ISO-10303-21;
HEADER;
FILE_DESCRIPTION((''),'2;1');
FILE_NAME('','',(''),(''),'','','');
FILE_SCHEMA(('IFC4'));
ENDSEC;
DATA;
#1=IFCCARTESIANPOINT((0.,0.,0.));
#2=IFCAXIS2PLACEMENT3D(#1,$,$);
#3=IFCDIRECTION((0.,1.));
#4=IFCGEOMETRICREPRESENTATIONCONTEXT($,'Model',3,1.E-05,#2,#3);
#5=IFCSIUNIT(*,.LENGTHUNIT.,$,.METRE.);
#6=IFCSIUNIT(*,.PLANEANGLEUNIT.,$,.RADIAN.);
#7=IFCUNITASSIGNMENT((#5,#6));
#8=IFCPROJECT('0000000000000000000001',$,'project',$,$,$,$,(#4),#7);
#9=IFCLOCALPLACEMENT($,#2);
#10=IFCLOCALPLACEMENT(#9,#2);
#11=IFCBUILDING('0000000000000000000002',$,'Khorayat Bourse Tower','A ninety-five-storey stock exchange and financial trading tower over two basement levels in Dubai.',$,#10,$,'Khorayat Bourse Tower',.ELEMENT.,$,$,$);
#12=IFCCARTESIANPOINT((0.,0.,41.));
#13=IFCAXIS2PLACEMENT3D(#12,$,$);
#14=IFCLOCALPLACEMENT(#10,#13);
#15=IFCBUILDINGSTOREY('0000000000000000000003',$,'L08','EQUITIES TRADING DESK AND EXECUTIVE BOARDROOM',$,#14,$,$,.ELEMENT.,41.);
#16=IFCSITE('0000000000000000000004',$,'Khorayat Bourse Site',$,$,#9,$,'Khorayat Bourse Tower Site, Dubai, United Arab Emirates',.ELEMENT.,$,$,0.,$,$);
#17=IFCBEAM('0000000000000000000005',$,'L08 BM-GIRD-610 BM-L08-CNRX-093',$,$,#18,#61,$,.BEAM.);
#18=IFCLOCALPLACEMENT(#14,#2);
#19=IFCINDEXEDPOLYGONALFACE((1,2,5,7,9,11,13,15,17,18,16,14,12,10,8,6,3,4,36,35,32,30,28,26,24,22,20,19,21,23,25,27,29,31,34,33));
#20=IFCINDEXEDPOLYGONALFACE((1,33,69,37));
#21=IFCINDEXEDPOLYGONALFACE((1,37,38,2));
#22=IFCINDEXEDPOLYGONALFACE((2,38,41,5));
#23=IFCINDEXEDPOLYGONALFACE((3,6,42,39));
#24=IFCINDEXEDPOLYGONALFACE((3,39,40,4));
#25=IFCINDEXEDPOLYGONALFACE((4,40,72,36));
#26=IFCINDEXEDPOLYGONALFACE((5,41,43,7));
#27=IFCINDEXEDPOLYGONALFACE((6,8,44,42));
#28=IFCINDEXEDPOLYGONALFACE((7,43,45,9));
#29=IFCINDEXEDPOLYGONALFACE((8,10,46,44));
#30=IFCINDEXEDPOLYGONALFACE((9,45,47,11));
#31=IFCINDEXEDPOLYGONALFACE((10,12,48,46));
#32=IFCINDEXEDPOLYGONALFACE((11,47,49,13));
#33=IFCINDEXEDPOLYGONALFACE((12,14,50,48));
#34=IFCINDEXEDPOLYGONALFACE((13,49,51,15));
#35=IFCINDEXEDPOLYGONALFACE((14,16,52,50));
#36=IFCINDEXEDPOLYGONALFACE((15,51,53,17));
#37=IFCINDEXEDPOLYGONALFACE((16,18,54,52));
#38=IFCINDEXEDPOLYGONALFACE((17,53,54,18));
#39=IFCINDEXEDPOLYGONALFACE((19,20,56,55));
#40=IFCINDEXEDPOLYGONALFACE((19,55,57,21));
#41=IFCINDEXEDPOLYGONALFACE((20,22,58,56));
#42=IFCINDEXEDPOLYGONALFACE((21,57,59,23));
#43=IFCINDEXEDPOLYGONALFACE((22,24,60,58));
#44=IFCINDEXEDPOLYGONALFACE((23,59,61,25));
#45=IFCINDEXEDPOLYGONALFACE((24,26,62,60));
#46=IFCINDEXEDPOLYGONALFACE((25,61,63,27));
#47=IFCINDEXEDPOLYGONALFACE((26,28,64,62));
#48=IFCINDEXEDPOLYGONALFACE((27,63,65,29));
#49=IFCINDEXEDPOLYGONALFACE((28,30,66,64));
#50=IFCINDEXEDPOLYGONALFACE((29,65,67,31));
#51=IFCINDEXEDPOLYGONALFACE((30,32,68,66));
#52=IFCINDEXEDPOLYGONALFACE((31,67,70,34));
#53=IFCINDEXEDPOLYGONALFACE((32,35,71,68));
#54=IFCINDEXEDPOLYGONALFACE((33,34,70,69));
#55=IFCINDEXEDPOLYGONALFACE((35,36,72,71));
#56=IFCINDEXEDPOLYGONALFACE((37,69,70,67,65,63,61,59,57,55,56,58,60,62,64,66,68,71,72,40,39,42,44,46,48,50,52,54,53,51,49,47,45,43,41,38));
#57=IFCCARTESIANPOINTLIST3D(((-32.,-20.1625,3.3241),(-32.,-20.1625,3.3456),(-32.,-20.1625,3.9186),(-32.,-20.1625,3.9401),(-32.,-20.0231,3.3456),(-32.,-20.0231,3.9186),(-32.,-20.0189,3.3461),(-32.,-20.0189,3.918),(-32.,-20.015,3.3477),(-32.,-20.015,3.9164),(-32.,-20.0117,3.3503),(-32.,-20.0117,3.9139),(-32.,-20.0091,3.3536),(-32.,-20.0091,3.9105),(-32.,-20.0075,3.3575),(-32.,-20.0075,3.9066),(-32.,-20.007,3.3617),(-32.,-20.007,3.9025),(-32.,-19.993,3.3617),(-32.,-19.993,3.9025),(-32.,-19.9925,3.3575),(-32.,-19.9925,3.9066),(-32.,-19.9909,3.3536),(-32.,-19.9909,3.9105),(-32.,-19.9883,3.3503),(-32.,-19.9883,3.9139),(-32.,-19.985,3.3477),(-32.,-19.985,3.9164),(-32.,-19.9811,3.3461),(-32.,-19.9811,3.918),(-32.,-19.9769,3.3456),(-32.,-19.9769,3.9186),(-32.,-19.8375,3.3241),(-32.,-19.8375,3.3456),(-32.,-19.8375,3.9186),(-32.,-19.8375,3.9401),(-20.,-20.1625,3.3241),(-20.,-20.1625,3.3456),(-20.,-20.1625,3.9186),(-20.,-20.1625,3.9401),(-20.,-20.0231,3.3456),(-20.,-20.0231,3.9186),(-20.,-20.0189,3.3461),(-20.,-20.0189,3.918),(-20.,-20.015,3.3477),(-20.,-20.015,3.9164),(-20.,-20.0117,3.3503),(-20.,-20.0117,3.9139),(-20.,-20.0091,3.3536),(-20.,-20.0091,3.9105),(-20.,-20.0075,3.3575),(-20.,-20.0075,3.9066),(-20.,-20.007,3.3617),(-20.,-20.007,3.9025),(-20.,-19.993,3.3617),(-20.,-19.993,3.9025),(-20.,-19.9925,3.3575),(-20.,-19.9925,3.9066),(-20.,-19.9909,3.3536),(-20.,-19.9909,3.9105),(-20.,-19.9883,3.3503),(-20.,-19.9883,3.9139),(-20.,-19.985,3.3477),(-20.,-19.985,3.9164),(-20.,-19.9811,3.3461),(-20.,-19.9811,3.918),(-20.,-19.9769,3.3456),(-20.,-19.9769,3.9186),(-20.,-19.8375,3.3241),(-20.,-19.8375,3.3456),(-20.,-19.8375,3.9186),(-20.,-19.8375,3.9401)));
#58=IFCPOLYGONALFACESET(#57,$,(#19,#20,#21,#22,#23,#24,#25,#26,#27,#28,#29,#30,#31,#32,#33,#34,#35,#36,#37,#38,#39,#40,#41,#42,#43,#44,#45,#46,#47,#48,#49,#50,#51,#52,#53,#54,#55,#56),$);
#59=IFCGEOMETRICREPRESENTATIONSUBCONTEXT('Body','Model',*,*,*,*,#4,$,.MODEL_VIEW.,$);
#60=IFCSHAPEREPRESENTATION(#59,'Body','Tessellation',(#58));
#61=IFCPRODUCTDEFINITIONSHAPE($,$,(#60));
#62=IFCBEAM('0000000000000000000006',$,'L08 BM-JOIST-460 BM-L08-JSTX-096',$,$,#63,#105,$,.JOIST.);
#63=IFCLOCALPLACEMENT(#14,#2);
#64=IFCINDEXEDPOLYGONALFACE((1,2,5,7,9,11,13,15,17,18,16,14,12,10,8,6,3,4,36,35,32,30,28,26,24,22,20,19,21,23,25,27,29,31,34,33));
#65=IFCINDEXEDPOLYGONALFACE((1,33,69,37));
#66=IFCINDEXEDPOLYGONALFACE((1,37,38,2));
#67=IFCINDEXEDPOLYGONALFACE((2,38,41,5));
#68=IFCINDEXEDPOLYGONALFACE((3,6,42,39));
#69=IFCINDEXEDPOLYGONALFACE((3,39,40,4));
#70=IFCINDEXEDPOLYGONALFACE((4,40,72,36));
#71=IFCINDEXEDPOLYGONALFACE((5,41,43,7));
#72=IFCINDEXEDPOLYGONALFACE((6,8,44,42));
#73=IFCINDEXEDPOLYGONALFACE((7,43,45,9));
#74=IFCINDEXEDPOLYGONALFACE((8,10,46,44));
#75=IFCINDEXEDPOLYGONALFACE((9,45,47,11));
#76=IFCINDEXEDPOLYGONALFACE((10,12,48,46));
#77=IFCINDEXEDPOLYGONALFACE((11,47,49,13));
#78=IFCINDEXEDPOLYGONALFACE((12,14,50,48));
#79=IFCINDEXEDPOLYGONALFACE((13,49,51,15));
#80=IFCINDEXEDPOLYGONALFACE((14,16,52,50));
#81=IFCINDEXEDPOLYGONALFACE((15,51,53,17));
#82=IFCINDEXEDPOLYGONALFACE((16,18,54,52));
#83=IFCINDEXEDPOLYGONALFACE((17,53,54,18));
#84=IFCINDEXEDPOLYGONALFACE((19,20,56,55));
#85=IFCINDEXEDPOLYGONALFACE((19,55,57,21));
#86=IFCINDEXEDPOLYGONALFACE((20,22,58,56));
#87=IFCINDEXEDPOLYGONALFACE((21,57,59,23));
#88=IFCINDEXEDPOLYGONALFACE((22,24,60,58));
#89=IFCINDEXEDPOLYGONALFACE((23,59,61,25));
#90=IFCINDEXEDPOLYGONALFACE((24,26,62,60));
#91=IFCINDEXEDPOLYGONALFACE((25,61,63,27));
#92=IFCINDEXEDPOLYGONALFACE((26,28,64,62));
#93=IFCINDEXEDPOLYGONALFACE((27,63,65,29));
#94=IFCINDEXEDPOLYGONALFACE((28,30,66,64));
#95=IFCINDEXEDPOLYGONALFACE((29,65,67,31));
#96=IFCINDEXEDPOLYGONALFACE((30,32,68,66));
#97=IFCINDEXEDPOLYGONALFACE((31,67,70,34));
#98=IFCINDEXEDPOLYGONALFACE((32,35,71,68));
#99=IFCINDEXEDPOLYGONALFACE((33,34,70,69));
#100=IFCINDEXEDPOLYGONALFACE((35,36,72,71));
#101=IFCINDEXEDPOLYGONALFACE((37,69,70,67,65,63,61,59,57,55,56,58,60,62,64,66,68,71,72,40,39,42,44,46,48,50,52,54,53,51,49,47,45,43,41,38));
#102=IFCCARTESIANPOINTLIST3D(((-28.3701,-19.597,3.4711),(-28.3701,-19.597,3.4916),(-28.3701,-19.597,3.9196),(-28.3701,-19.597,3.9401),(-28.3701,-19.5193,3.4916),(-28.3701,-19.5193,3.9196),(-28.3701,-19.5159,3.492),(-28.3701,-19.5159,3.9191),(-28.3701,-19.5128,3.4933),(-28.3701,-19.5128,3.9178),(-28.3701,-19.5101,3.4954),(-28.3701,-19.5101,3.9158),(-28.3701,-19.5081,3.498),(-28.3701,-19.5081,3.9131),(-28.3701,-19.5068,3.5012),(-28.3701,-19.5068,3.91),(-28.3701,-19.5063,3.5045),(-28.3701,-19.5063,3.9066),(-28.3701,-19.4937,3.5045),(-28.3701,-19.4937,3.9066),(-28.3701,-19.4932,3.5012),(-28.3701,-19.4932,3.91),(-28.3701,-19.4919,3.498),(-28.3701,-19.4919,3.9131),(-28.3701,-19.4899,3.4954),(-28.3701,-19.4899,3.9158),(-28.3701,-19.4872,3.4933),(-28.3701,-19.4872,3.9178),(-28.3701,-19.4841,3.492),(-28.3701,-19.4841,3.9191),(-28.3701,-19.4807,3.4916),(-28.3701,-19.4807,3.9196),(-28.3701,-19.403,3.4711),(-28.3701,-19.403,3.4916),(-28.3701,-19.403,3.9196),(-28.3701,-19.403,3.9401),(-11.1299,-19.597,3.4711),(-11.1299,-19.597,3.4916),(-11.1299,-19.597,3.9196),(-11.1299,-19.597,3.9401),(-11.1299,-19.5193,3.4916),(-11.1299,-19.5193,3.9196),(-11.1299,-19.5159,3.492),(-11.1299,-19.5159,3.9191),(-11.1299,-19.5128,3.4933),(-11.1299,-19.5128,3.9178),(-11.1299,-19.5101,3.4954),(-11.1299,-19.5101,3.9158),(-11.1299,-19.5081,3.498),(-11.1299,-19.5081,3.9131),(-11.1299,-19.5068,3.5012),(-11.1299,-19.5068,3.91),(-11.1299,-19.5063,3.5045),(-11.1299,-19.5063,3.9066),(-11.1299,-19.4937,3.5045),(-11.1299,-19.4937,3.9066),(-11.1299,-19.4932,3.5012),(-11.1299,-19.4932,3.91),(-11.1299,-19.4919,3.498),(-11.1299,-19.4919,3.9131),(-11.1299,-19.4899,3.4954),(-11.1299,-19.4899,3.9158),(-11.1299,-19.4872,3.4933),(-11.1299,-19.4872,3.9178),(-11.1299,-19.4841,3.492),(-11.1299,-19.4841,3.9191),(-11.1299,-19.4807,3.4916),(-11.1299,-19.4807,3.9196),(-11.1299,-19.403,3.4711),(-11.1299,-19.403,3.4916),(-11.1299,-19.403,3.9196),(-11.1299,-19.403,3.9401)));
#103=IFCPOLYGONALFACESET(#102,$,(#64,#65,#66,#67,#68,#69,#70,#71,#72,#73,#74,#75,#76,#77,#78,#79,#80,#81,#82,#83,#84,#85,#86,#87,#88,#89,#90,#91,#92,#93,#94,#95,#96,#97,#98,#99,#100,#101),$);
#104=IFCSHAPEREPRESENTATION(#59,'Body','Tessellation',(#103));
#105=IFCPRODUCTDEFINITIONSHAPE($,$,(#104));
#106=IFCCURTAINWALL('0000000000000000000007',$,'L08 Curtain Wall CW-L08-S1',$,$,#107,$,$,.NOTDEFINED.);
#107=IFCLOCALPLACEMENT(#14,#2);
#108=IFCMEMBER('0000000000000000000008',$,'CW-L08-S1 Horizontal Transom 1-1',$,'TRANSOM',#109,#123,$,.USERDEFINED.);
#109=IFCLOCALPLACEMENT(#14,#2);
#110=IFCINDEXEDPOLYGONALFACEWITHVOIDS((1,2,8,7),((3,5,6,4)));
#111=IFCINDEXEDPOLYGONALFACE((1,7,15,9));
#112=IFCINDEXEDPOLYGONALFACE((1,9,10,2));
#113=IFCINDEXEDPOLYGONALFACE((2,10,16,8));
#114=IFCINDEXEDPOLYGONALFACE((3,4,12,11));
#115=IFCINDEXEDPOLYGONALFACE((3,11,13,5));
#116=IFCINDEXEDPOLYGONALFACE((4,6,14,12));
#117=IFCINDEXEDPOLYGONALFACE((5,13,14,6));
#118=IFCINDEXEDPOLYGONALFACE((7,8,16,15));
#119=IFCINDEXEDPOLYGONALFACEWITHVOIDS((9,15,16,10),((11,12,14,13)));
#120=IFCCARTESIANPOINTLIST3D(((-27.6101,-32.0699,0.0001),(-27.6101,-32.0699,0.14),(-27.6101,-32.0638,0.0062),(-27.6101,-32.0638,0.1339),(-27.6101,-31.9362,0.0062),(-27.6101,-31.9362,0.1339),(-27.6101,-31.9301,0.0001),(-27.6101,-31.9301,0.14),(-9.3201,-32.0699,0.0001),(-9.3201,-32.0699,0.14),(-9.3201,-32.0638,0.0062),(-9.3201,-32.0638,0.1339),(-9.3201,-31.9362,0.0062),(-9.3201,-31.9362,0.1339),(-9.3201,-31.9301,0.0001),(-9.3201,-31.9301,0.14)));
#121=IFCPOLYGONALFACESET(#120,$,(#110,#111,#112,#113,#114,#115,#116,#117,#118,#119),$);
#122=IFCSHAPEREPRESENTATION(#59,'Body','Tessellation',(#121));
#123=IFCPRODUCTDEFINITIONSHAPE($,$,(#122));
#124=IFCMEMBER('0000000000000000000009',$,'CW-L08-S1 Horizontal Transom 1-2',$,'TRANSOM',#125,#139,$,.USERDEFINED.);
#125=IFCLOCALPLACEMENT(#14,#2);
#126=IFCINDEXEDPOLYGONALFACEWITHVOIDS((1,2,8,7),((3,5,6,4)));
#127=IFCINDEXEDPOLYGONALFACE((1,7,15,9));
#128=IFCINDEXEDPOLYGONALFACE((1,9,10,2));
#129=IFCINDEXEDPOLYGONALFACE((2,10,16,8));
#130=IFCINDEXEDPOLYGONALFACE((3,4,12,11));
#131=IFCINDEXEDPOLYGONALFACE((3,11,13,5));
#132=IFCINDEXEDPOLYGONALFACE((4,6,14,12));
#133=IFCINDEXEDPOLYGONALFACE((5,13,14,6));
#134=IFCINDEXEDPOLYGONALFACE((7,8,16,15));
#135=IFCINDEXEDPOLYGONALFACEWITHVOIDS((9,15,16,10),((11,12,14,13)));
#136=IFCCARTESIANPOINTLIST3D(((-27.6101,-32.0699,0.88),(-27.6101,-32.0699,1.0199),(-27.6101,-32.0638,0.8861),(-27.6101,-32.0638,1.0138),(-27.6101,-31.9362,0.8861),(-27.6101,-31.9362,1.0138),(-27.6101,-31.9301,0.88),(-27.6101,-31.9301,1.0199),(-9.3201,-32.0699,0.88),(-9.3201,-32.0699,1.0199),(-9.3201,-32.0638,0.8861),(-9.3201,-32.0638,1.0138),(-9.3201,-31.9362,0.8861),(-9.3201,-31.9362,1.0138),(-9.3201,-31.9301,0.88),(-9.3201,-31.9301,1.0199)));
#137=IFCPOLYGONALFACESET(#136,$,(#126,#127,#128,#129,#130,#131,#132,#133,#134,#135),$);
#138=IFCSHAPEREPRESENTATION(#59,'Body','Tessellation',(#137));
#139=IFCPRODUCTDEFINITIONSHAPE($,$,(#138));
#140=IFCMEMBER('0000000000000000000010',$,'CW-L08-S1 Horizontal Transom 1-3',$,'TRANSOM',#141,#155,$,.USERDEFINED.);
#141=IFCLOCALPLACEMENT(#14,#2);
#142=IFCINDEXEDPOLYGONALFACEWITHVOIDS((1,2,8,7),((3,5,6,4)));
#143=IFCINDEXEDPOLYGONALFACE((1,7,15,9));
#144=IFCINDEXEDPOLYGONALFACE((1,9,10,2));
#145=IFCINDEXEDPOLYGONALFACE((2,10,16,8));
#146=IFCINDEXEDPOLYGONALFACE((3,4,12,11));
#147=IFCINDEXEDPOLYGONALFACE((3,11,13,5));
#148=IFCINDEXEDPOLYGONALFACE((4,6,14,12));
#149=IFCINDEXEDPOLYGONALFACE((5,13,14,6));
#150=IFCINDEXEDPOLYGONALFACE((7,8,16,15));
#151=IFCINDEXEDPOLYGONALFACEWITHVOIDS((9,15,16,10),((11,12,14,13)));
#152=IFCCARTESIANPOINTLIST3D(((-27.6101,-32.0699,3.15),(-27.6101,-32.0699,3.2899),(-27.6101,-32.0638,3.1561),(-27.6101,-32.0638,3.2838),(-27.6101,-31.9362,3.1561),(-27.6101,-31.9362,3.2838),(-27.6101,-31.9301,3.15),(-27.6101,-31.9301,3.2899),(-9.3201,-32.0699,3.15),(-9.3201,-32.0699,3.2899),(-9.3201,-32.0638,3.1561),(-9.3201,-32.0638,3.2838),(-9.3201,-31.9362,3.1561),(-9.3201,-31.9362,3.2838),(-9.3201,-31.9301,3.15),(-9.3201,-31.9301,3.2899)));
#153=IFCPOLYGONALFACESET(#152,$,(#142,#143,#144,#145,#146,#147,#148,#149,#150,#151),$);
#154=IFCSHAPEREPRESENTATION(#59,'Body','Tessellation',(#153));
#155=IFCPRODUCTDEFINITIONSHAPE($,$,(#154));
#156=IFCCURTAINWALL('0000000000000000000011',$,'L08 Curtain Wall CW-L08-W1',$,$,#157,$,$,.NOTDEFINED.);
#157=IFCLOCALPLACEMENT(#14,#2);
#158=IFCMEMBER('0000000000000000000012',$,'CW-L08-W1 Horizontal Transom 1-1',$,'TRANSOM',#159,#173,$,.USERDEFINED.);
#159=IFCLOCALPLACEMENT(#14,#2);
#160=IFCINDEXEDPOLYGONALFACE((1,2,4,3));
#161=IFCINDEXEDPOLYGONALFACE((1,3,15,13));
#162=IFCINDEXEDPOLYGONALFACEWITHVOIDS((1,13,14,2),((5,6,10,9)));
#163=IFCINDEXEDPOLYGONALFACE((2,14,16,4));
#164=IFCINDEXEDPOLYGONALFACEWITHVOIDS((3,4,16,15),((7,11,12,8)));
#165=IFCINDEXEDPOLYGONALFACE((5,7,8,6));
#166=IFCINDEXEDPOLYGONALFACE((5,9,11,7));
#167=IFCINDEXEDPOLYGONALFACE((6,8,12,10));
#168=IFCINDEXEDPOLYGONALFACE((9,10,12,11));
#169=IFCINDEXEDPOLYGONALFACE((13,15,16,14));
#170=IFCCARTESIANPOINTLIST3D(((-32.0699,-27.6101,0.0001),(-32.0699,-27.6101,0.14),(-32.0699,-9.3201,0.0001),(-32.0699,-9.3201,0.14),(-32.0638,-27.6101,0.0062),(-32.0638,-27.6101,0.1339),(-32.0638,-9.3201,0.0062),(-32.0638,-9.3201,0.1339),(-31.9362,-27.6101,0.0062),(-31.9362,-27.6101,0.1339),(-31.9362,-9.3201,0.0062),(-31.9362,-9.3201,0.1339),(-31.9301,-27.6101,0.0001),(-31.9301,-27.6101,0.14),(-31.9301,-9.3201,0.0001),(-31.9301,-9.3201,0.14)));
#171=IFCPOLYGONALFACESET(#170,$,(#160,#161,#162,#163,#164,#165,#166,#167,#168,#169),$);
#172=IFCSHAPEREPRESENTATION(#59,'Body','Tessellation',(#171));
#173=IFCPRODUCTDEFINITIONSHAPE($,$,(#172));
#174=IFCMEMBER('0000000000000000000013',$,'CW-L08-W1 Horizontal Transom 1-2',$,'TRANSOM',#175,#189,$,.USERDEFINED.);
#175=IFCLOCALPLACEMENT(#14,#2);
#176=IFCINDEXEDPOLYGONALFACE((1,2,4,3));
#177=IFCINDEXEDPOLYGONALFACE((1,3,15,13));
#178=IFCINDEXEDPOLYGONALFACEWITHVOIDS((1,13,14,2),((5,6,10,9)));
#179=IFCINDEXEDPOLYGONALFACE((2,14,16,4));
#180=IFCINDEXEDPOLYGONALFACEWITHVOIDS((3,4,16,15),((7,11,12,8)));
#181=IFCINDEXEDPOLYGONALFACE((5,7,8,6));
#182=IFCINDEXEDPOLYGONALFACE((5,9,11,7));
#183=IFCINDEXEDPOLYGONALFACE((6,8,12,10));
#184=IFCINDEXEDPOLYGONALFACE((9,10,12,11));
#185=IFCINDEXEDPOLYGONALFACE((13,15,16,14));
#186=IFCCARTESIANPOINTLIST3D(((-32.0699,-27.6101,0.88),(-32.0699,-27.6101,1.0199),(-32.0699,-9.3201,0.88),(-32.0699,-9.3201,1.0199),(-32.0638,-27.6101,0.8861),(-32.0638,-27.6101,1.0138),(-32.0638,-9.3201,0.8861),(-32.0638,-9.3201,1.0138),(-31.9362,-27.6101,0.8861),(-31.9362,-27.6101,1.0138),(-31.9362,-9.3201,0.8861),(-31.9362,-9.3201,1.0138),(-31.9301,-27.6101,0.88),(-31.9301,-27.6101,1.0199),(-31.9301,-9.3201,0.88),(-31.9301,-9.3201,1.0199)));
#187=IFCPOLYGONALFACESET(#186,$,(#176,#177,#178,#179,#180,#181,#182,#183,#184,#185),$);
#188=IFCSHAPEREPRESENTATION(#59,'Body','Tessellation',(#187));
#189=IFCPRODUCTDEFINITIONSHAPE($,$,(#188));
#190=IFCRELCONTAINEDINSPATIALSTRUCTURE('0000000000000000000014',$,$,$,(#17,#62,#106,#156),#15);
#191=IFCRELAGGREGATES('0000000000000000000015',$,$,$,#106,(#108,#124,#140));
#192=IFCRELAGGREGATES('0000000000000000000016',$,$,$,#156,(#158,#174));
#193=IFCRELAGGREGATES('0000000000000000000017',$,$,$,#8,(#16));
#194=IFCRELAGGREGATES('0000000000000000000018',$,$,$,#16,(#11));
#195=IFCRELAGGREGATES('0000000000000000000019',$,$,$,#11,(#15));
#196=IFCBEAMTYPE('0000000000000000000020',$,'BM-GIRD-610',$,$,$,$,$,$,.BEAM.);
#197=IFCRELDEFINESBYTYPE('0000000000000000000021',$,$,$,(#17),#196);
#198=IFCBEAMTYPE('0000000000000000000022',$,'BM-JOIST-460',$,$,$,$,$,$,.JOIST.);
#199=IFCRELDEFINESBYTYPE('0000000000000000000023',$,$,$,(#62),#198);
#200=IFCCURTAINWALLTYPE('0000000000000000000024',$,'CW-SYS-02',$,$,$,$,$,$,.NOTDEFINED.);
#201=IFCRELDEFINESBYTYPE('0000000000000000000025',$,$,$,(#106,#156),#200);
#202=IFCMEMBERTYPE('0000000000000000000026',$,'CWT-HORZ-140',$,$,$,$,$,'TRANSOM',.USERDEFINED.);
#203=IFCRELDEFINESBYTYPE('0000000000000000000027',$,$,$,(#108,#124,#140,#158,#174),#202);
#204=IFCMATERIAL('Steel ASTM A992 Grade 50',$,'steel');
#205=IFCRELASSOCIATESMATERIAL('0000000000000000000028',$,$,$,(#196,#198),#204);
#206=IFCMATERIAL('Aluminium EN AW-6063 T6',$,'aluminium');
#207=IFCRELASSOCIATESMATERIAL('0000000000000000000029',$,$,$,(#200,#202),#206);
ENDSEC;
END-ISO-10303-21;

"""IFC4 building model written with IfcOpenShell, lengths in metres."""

from ifc_helpers import new_model, si_unit, direction, frame, origin, origin_2d, place, context, subcontext, project, spatial, hollow_rectangle, i_section, extrude, source, transform, mapped, material, material_profile, profile_set, type_object, element, aggregate, save


model = new_model("IFC4")

# Units and contexts
model_context = context("Model", 3, precision=1e-05, world=origin(), true_north=direction((0.0, 1.0)))
body_context = subcontext(model_context, "Body", "Model", "MODEL_VIEW")
ifc_project = project(units=[si_unit("LENGTHUNIT", "METRE"), si_unit("PLANEANGLEUNIT", "RADIAN")], contexts=[model_context])

# Site, building, storey
site_placement = place(None, origin())
site = spatial("IfcSite", under=ifc_project, at=site_placement, Name="Khorayat Bourse Site", LongName="Khorayat Bourse Tower Site, Dubai, United Arab Emirates", CompositionType="ELEMENT", RefElevation=0.0)
building_placement = place(site_placement, origin())
building = spatial("IfcBuilding", under=site, at=building_placement, Name="Khorayat Bourse Tower", Description="A ninety-five-storey stock exchange and financial trading tower over two basement levels in Dubai.", LongName="Khorayat Bourse Tower", CompositionType="ELEMENT")
storey_placement = place(building_placement, frame((0.0, 0.0, 41.0)))
storey = spatial("IfcBuildingStorey", under=building, at=storey_placement, Name="L08", Description="EQUITIES TRADING DESK AND EXECUTIVE BOARDROOM", CompositionType="ELEMENT", Elevation=41.0)

# Beams
ifc_material_1 = material(Name="Steel ASTM A992 Grade 50", Category="steel")
ifc_material_profile_1 = material_profile(ifc_material_1, i_section(OverallWidth=0.325, OverallDepth=0.616, WebThickness=0.0139, FlangeThickness=0.0215, FilletRadius=0.0161, at=origin_2d()), Name="W610X174")
ifc_profile_set_1 = profile_set([ifc_material_profile_1], Name="Steel ASTM A992 Grade 50")
beam_type_1 = type_object("IfcBeamType", Name="BM-GIRD-610", PredefinedType="BEAM", material=ifc_profile_set_1)
shared_shape_1 = source(origin(), body_context, "Body", "SweptSolid", [
    extrude(i_section(OverallWidth=0.325, OverallDepth=0.616, WebThickness=0.0139, FlangeThickness=0.0215, FilletRadius=0.0161, at=origin_2d()), origin(), (0.0, 0.0, 1.0), 12.0),
])
beam_1_placement = place(storey_placement, frame((-32.0, -20.0, 3.6321), z_axis=(1.0, 0.0, 0.0), x_axis=(0.0, 1.0, 0.0)))
element("IfcBeam", 1, at=beam_1_placement, inside=storey, type_object=beam_type_1, Name="L08 BM-GIRD-610 BM-L08-CNRX-093", PredefinedType="BEAM", context=body_context, shape_type="MappedRepresentation", body=[
    mapped(shared_shape_1, transform((0.0, 0.0, 0.0), scale=1.0)),
])
ifc_material_profile_2 = material_profile(ifc_material_1, i_section(OverallWidth=0.1941, OverallDepth=0.469, WebThickness=0.0127, FlangeThickness=0.0205, FilletRadius=0.0129, at=origin_2d()), Name="W460X106")
ifc_profile_set_2 = profile_set([ifc_material_profile_2], Name="Steel ASTM A992 Grade 50")
beam_type_2 = type_object("IfcBeamType", Name="BM-JOIST-460", PredefinedType="JOIST", material=ifc_profile_set_2)
shared_shape_2 = source(origin(), body_context, "Body", "SweptSolid", [
    extrude(i_section(OverallWidth=0.1941, OverallDepth=0.469, WebThickness=0.0127, FlangeThickness=0.0205, FilletRadius=0.0129, at=origin_2d()), origin(), (0.0, 0.0, 1.0), 17.2402),
])
beam_2_placement = place(storey_placement, frame((-28.3701, -19.5, 3.7056), z_axis=(1.0, 0.0, 0.0), x_axis=(0.0, 1.0, 0.0)))
element("IfcBeam", 2, at=beam_2_placement, inside=storey, type_object=beam_type_2, Name="L08 BM-JOIST-460 BM-L08-JSTX-096", PredefinedType="JOIST", context=body_context, shape_type="MappedRepresentation", body=[
    mapped(shared_shape_2, transform((0.0, 0.0, 0.0), scale=1.0)),
])

# Curtain walls, members
ifc_material_2 = material(Name="Aluminium EN AW-6063 T6", Category="aluminium")
curtain_wall_type = type_object("IfcCurtainWallType", Name="CW-SYS-02", PredefinedType="NOTDEFINED", material=ifc_material_2)
curtain_wall_1_placement = place(storey_placement, origin())
curtain_wall_1 = element("IfcCurtainWall", 3, at=curtain_wall_1_placement, inside=storey, type_object=curtain_wall_type, Name="L08 Curtain Wall CW-L08-S1", PredefinedType="NOTDEFINED")
ifc_material_profile_3 = material_profile(ifc_material_2, hollow_rectangle(XDim=0.1399, YDim=0.1399, WallThickness=0.0061, at=origin_2d()), Name="ALU 140x140x6")
ifc_profile_set_3 = profile_set([ifc_material_profile_3], Name="Aluminium EN AW-6063 T6")
member_type_1 = type_object("IfcMemberType", Name="CWT-HORZ-140", ElementType="TRANSOM", PredefinedType="USERDEFINED", material=ifc_profile_set_3)
shared_shape_3 = source(origin(), body_context, "Body", "SweptSolid", [
    extrude(hollow_rectangle(XDim=0.1399, YDim=0.1399, WallThickness=0.0061, at=origin_2d()), origin(), (0.0, 0.0, 1.0), 18.29),
])
member_1_placement = place(storey_placement, frame((-27.6101, -32.0, 0.0701), z_axis=(1.0, 0.0, 0.0), x_axis=(0.0, 1.0, 0.0)))
member_1 = element("IfcMember", 4, at=member_1_placement, type_object=member_type_1, Name="CW-L08-S1 Horizontal Transom 1-1", ObjectType="TRANSOM", PredefinedType="USERDEFINED", context=body_context, shape_type="MappedRepresentation", body=[
    mapped(shared_shape_3, transform((0.0, 0.0, 0.0), scale=1.0)),
])
member_2_placement = place(storey_placement, frame((-27.6101, -32.0, 0.95), z_axis=(1.0, 0.0, 0.0), x_axis=(0.0, 1.0, 0.0)))
member_2 = element("IfcMember", 5, at=member_2_placement, type_object=member_type_1, Name="CW-L08-S1 Horizontal Transom 1-2", ObjectType="TRANSOM", PredefinedType="USERDEFINED", context=body_context, shape_type="MappedRepresentation", body=[
    mapped(shared_shape_3, transform((0.0, 0.0, 0.0), scale=1.0)),
])
member_3_placement = place(storey_placement, frame((-27.6101, -32.0, 3.22), z_axis=(1.0, 0.0, 0.0), x_axis=(0.0, 1.0, 0.0)))
member_3 = element("IfcMember", 6, at=member_3_placement, type_object=member_type_1, Name="CW-L08-S1 Horizontal Transom 1-3", ObjectType="TRANSOM", PredefinedType="USERDEFINED", context=body_context, shape_type="MappedRepresentation", body=[
    mapped(shared_shape_3, transform((0.0, 0.0, 0.0), scale=1.0)),
])
curtain_wall_2_placement = place(storey_placement, origin())
curtain_wall_2 = element("IfcCurtainWall", 7, at=curtain_wall_2_placement, inside=storey, type_object=curtain_wall_type, Name="L08 Curtain Wall CW-L08-W1", PredefinedType="NOTDEFINED")
member_4_placement = place(storey_placement, frame((-32.0, -27.6101, 0.0701), z_axis=(0.0, 1.0, 0.0), x_axis=(-1.0, 0.0, 0.0)))
member_4 = element("IfcMember", 8, at=member_4_placement, type_object=member_type_1, Name="CW-L08-W1 Horizontal Transom 1-1", ObjectType="TRANSOM", PredefinedType="USERDEFINED", context=body_context, shape_type="MappedRepresentation", body=[
    mapped(shared_shape_3, transform((0.0, 0.0, 0.0), scale=1.0)),
])
member_5_placement = place(storey_placement, frame((-32.0, -27.6101, 0.95), z_axis=(0.0, 1.0, 0.0), x_axis=(-1.0, 0.0, 0.0)))
member_5 = element("IfcMember", 9, at=member_5_placement, type_object=member_type_1, Name="CW-L08-W1 Horizontal Transom 1-2", ObjectType="TRANSOM", PredefinedType="USERDEFINED", context=body_context, shape_type="MappedRepresentation", body=[
    mapped(shared_shape_3, transform((0.0, 0.0, 0.0), scale=1.0)),
])

aggregate(curtain_wall_1, [member_1, member_2, member_3])
aggregate(curtain_wall_2, [member_4, member_5])

save(model, "model.ifc")
